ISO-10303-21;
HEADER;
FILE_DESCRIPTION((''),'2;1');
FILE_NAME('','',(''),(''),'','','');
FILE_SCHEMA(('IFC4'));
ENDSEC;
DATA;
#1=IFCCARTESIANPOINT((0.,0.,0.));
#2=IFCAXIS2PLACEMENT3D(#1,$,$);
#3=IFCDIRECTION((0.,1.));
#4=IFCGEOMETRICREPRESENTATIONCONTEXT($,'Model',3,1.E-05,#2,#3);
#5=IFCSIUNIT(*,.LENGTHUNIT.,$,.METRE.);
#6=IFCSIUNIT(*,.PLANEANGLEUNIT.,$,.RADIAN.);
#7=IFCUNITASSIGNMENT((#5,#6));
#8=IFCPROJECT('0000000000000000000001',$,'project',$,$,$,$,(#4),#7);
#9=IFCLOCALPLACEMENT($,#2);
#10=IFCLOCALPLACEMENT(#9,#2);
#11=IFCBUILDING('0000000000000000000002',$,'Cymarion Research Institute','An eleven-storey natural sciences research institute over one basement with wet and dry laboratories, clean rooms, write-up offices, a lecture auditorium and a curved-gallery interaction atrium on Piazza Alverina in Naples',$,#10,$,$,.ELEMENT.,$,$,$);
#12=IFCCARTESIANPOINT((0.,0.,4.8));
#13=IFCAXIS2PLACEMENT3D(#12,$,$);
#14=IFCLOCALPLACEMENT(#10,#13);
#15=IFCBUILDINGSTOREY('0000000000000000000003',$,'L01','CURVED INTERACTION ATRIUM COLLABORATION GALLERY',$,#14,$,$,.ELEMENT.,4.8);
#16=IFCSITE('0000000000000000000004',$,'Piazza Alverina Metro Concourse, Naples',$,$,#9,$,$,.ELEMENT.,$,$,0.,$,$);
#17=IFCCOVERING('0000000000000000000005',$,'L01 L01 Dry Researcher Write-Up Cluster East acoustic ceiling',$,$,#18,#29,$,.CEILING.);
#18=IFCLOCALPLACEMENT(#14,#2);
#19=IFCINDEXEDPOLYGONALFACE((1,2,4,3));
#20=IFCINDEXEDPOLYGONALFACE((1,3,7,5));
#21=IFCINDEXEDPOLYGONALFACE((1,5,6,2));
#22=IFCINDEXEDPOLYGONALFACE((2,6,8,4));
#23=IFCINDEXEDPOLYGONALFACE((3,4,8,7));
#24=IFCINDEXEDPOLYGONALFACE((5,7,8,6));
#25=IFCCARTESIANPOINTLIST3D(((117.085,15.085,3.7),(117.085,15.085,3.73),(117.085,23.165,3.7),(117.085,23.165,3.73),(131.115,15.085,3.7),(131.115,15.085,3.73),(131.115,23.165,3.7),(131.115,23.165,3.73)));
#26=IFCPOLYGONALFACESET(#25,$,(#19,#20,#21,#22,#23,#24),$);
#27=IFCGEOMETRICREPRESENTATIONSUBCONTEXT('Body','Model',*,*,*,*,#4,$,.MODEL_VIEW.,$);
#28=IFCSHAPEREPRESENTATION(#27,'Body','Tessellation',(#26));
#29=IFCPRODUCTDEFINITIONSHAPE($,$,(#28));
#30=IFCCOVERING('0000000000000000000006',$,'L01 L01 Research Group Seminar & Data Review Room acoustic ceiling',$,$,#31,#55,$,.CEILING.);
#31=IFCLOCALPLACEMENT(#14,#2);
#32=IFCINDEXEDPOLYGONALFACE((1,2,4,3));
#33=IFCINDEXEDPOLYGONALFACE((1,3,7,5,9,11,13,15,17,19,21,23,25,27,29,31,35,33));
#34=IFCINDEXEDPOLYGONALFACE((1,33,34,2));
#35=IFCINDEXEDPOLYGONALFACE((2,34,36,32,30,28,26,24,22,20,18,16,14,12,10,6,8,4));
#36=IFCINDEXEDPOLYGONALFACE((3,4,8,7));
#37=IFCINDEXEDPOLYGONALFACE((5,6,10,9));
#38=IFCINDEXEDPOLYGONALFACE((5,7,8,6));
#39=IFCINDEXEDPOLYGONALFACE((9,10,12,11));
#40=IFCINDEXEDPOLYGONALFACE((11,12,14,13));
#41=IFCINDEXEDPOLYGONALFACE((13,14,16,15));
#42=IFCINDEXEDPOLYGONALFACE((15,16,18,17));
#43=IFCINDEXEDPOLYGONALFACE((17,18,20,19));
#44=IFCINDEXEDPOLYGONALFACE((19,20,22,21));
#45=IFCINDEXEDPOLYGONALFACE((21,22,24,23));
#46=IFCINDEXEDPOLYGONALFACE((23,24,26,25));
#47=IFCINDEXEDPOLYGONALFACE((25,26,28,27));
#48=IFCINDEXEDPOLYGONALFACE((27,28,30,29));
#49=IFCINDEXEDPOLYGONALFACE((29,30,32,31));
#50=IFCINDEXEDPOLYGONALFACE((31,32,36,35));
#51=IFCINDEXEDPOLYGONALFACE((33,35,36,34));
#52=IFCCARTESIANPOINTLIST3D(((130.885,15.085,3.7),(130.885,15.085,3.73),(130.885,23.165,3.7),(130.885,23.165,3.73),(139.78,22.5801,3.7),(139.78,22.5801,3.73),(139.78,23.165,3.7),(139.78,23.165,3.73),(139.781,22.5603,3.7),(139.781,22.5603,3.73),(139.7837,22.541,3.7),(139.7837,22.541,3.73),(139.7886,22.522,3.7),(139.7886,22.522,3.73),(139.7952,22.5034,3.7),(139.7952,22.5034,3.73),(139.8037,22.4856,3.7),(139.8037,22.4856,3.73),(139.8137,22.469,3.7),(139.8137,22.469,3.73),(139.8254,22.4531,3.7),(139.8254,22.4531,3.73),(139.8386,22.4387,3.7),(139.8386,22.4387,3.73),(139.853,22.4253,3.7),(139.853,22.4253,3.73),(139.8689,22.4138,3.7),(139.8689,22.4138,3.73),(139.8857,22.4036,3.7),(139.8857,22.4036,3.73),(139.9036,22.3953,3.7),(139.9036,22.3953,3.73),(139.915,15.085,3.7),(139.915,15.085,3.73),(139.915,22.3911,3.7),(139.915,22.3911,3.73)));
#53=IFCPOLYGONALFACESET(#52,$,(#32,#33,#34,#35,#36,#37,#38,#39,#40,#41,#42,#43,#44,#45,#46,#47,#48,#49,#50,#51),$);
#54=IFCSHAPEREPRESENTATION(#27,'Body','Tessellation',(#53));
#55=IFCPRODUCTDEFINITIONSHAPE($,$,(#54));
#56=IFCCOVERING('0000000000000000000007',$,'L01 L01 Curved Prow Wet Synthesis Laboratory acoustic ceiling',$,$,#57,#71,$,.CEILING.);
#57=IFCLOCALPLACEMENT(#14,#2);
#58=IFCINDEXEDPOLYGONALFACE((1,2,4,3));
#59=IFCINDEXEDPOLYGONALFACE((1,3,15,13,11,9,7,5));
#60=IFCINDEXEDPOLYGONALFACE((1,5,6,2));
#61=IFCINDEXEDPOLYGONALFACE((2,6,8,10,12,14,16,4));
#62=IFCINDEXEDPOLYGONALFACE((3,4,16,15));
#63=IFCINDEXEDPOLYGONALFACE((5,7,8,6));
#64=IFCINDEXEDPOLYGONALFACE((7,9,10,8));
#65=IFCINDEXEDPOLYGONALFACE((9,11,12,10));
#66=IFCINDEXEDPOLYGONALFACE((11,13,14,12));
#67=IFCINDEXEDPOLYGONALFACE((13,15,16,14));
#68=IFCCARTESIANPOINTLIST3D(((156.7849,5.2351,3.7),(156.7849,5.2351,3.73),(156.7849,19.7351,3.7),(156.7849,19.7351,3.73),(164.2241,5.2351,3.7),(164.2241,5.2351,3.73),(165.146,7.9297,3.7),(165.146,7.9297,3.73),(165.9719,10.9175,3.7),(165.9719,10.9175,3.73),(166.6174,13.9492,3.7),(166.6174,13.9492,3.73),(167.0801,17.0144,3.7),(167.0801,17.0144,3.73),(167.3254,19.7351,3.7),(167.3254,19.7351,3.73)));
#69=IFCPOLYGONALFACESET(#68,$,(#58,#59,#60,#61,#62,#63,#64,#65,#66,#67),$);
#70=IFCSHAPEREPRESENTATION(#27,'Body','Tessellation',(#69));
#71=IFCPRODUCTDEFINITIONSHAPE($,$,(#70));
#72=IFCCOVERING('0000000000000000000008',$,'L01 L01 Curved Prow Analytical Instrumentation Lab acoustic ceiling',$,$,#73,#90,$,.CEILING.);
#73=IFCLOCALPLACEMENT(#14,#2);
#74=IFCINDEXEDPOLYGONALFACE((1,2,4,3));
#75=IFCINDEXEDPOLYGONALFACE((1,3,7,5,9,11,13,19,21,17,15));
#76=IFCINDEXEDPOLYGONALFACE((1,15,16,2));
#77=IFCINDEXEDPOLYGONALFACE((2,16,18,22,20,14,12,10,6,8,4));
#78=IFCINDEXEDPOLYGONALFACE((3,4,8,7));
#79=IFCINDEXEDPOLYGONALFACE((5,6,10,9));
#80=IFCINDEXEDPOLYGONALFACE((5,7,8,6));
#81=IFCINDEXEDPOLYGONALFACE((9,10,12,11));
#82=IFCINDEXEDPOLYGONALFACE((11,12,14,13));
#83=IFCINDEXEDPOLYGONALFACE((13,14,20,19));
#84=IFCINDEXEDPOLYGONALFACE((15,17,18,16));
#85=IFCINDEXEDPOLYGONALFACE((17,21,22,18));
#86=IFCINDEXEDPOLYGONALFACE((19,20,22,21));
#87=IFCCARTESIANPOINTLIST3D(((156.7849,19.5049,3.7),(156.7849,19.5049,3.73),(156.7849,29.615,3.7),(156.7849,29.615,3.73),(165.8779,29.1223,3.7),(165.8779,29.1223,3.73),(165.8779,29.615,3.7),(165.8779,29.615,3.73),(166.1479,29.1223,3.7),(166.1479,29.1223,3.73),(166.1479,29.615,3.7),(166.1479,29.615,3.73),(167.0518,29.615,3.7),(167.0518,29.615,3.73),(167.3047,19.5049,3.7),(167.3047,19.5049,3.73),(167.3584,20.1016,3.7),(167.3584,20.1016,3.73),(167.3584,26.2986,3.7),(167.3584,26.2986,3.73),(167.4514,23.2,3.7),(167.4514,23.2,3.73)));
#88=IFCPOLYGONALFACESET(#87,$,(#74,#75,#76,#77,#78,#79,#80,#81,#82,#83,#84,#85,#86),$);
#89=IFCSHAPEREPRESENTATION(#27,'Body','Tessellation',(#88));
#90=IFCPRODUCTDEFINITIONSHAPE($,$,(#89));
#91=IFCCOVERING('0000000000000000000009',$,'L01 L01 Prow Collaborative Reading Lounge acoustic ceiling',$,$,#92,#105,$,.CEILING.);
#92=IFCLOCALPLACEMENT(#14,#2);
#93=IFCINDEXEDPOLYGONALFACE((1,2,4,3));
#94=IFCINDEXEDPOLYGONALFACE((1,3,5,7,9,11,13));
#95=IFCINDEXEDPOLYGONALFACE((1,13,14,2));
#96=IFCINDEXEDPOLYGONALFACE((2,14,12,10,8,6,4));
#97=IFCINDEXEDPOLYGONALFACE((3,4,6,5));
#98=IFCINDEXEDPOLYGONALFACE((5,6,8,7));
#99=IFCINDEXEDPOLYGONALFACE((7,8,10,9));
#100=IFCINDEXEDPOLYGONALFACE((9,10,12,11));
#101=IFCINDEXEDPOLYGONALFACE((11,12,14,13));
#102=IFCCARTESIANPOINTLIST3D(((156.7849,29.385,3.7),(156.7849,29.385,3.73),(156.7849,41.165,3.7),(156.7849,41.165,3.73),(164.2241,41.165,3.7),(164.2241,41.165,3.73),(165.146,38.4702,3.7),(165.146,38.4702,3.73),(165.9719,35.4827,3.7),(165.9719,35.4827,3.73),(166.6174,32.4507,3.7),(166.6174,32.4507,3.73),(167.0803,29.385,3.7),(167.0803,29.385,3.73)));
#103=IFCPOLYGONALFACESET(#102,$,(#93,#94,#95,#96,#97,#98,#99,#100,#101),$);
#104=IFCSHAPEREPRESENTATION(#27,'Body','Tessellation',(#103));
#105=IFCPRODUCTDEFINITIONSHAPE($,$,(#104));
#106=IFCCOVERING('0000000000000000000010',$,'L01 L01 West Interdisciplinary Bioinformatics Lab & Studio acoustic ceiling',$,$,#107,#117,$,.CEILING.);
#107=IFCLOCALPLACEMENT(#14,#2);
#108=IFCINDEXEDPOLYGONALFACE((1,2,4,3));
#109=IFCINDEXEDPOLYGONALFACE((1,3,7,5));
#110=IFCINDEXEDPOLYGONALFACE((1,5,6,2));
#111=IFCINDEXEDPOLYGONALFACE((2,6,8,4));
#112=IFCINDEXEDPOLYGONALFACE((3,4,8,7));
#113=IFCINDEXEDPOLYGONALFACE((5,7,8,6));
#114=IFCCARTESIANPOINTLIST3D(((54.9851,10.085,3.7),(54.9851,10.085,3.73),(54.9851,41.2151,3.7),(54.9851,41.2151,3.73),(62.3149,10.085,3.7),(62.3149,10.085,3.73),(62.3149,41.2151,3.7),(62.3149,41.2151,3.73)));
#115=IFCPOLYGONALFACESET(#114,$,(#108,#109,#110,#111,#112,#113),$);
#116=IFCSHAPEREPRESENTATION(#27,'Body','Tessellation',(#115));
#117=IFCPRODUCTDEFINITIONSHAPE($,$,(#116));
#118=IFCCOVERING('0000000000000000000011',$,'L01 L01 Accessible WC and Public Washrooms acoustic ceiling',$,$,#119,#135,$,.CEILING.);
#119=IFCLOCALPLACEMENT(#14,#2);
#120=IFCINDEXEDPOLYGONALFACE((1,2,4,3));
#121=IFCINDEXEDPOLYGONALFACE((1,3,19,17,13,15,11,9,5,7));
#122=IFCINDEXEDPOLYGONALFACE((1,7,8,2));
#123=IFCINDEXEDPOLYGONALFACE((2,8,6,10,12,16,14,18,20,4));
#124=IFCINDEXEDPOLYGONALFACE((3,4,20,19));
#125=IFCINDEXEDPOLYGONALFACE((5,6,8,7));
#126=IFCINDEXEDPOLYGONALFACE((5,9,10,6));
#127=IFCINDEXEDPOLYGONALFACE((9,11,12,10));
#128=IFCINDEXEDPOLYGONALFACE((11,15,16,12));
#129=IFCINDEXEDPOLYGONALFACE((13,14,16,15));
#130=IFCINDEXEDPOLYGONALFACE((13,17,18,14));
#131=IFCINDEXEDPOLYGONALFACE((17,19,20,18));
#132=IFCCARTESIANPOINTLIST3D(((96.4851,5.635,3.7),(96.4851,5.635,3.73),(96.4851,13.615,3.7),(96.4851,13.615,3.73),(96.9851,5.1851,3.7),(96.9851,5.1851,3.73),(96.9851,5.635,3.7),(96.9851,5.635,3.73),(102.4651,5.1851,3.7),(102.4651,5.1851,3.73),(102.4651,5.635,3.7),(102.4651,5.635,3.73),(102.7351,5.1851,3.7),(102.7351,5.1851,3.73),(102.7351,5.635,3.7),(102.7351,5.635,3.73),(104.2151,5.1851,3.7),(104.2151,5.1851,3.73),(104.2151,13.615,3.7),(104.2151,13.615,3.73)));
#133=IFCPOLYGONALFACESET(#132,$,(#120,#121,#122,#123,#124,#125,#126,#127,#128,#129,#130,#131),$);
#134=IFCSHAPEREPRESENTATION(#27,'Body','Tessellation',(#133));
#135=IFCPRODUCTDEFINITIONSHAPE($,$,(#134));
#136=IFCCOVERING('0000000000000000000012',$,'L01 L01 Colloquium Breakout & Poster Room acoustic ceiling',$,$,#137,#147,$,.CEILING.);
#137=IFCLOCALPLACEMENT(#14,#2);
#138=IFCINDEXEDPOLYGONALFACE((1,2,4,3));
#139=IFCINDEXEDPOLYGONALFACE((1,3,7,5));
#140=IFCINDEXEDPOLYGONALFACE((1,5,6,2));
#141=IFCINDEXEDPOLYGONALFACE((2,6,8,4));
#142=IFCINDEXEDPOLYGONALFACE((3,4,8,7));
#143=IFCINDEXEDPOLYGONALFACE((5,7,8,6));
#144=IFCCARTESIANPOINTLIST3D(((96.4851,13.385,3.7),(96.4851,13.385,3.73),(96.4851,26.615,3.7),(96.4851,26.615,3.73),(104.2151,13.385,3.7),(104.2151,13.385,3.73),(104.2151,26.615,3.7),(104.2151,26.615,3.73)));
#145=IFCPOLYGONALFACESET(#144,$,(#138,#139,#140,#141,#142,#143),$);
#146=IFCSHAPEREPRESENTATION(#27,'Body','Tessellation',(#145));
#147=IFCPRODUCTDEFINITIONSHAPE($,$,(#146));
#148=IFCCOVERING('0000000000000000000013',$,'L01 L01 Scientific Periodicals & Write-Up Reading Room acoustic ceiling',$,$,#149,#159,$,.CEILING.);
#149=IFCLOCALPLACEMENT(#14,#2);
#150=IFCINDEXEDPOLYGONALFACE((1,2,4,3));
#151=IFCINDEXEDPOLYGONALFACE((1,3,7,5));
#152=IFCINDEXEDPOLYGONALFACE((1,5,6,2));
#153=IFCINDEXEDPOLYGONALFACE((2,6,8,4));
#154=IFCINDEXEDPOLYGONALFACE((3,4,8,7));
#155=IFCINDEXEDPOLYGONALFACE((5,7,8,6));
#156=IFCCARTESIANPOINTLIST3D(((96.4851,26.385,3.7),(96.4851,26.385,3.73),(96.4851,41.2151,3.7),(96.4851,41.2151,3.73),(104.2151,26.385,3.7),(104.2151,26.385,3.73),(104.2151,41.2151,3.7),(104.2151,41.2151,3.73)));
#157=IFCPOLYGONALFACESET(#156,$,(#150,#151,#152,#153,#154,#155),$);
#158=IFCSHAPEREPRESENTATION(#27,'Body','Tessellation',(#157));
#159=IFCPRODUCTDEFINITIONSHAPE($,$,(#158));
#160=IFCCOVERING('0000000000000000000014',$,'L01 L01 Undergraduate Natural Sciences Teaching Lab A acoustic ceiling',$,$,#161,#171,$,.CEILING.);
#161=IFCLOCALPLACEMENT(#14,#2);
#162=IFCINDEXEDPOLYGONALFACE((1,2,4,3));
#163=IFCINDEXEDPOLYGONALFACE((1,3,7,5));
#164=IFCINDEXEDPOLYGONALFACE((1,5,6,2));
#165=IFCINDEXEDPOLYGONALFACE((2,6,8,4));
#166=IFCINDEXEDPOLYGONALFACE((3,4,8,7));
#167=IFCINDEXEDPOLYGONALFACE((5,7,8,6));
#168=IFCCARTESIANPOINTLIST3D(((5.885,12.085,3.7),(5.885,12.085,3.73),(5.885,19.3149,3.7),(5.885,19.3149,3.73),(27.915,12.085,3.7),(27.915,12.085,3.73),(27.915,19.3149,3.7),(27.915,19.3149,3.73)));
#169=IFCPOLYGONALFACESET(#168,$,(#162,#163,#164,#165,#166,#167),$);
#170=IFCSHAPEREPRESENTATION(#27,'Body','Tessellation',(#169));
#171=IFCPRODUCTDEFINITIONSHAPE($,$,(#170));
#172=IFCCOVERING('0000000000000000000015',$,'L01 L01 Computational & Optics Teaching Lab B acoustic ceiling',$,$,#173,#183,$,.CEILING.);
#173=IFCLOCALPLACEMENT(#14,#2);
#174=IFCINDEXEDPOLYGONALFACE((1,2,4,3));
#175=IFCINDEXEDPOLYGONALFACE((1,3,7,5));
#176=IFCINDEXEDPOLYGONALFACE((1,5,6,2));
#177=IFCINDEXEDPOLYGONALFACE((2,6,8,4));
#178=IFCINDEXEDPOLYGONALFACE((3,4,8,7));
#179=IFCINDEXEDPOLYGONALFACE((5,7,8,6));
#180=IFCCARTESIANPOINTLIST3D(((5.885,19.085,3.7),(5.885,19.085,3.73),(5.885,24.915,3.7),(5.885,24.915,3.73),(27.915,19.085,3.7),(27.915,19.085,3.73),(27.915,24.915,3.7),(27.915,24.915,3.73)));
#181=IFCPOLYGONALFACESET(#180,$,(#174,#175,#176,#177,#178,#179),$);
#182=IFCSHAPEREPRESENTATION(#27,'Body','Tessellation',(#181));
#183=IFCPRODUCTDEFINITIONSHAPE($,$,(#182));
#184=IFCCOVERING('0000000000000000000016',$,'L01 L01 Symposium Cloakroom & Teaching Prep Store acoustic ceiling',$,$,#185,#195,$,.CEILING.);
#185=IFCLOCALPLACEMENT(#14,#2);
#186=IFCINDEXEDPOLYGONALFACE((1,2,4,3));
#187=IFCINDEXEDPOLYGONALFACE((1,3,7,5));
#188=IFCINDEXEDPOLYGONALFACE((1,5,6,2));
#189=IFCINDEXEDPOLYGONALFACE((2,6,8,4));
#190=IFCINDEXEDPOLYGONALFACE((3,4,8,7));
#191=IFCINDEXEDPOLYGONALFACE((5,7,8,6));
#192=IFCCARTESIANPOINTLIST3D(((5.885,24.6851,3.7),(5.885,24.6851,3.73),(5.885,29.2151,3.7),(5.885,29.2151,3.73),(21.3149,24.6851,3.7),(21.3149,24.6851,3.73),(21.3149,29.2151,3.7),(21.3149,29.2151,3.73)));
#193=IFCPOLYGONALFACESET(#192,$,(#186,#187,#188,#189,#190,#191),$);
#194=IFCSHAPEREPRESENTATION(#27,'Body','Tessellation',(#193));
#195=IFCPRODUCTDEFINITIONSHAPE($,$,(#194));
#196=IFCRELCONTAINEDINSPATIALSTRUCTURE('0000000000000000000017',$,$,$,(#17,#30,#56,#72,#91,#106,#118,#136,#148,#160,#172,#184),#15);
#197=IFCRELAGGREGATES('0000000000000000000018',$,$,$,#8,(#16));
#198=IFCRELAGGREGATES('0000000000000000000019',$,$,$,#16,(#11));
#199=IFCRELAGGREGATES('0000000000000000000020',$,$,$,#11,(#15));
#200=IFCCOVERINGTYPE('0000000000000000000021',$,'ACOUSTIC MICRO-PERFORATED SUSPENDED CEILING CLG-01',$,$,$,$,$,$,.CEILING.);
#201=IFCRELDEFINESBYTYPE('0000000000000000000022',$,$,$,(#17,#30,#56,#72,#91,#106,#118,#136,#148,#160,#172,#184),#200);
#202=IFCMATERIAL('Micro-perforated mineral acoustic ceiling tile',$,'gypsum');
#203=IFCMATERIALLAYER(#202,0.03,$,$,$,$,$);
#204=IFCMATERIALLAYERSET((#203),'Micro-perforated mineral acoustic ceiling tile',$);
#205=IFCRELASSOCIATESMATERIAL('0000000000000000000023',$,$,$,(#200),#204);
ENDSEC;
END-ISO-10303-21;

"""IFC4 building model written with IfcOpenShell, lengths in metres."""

from ifc_helpers import new_model, si_unit, direction, frame, origin, place, context, subcontext, project, spatial, polyline, outline, extrude, material, layer, layer_set, type_object, element, save


model = new_model("IFC4")

# Units and contexts
model_context = context("Model", 3, precision=1e-05, world=origin(), true_north=direction((0.0, 1.0)))
body_context = subcontext(model_context, "Body", "Model", "MODEL_VIEW")
ifc_project = project(units=[si_unit("LENGTHUNIT", "METRE"), si_unit("PLANEANGLEUNIT", "RADIAN")], contexts=[model_context])

# Site, building, storey
site_placement = place(None, origin())
site = spatial("IfcSite", under=ifc_project, at=site_placement, Name="Piazza Alverina Metro Concourse, Naples", CompositionType="ELEMENT", RefElevation=0.0)
building_placement = place(site_placement, origin())
building = spatial("IfcBuilding", under=site, at=building_placement, Name="Cymarion Research Institute", Description="An eleven-storey natural sciences research institute over one basement with wet and dry laboratories, clean rooms, write-up offices, a lecture auditorium and a curved-gallery interaction atrium on Piazza Alverina in Naples", CompositionType="ELEMENT")
storey_placement = place(building_placement, frame((0.0, 0.0, 4.8)))
storey = spatial("IfcBuildingStorey", under=building, at=storey_placement, Name="L01", Description="CURVED INTERACTION ATRIUM COLLABORATION GALLERY", CompositionType="ELEMENT", Elevation=4.8)

# Coverings
ifc_material_1 = material(Name="Micro-perforated mineral acoustic ceiling tile", Category="gypsum")
ifc_layer_1 = layer(ifc_material_1, 0.03)
ifc_layer_set_1 = layer_set([ifc_layer_1], Name="Micro-perforated mineral acoustic ceiling tile")
covering_type = type_object("IfcCoveringType", Name="ACOUSTIC MICRO-PERFORATED SUSPENDED CEILING CLG-01", PredefinedType="CEILING", material=ifc_layer_set_1)
covering_1_placement = place(storey_placement, frame((0.0, 0.0, 3.7)))
element("IfcCovering", 1, at=covering_1_placement, inside=storey, type_object=covering_type, Name="L01 L01 Dry Researcher Write-Up Cluster East acoustic ceiling", PredefinedType="CEILING", context=body_context, shape_type="SweptSolid", body=[
    extrude(outline(polyline([(131.115, 23.165), (131.115, 15.085), (117.085, 15.085), (117.085, 23.165), (131.115, 23.165)])), origin(), (0.0, 0.0, 1.0), 0.03),
])
covering_2_placement = place(storey_placement, frame((0.0, 0.0, 3.7)))
element("IfcCovering", 2, at=covering_2_placement, inside=storey, type_object=covering_type, Name="L01 L01 Research Group Seminar & Data Review Room acoustic ceiling", PredefinedType="CEILING", context=body_context, shape_type="SweptSolid", body=[
    extrude(outline(polyline([(139.78, 23.165), (139.78, 22.5801), (139.781, 22.5603), (139.7837, 22.541), (139.7886, 22.522), (139.7952, 22.5034), (139.8037, 22.4856), (139.8137, 22.469), (139.8254, 22.4531), (139.8386, 22.4387), (139.853, 22.4253), (139.8689, 22.4138), (139.8857, 22.4036), (139.9036, 22.3953), (139.915, 22.3911), (139.915, 15.085), (130.885, 15.085), (130.885, 23.165), (139.78, 23.165)])), origin(), (0.0, 0.0, 1.0), 0.03),
])
covering_3_placement = place(storey_placement, frame((0.0, 0.0, 3.7)))
element("IfcCovering", 3, at=covering_3_placement, inside=storey, type_object=covering_type, Name="L01 L01 Curved Prow Wet Synthesis Laboratory acoustic ceiling", PredefinedType="CEILING", context=body_context, shape_type="SweptSolid", body=[
    extrude(outline(polyline([(167.3254, 19.7351), (167.0801, 17.0144), (166.6174, 13.9492), (165.9719, 10.9175), (165.146, 7.9297), (164.2241, 5.2351), (156.7849, 5.2351), (156.7849, 19.7351), (167.3254, 19.7351)])), origin(), (0.0, 0.0, 1.0), 0.03),
])
covering_4_placement = place(storey_placement, frame((0.0, 0.0, 3.7)))
element("IfcCovering", 4, at=covering_4_placement, inside=storey, type_object=covering_type, Name="L01 L01 Curved Prow Analytical Instrumentation Lab acoustic ceiling", PredefinedType="CEILING", context=body_context, shape_type="SweptSolid", body=[
    extrude(outline(polyline([(165.8779, 29.615), (165.8779, 29.1223), (166.1479, 29.1223), (166.1479, 29.615), (167.0518, 29.615), (167.3584, 26.2986), (167.4514, 23.2), (167.3584, 20.1016), (167.3047, 19.5049), (156.7849, 19.5049), (156.7849, 29.615), (165.8779, 29.615)])), origin(), (0.0, 0.0, 1.0), 0.03),
])
covering_5_placement = place(storey_placement, frame((0.0, 0.0, 3.7)))
element("IfcCovering", 5, at=covering_5_placement, inside=storey, type_object=covering_type, Name="L01 L01 Prow Collaborative Reading Lounge acoustic ceiling", PredefinedType="CEILING", context=body_context, shape_type="SweptSolid", body=[
    extrude(outline(polyline([(164.2241, 41.165), (165.146, 38.4702), (165.9719, 35.4827), (166.6174, 32.4507), (167.0803, 29.385), (156.7849, 29.385), (156.7849, 41.165), (164.2241, 41.165)])), origin(), (0.0, 0.0, 1.0), 0.03),
])
covering_6_placement = place(storey_placement, frame((0.0, 0.0, 3.7)))
element("IfcCovering", 6, at=covering_6_placement, inside=storey, type_object=covering_type, Name="L01 L01 West Interdisciplinary Bioinformatics Lab & Studio acoustic ceiling", PredefinedType="CEILING", context=body_context, shape_type="SweptSolid", body=[
    extrude(outline(polyline([(62.3149, 41.2151), (62.3149, 10.085), (54.9851, 10.085), (54.9851, 41.2151), (62.3149, 41.2151)])), origin(), (0.0, 0.0, 1.0), 0.03),
])
covering_7_placement = place(storey_placement, frame((0.0, 0.0, 3.7)))
element("IfcCovering", 7, at=covering_7_placement, inside=storey, type_object=covering_type, Name="L01 L01 Accessible WC and Public Washrooms acoustic ceiling", PredefinedType="CEILING", context=body_context, shape_type="SweptSolid", body=[
    extrude(outline(polyline([(104.2151, 13.615), (104.2151, 5.1851), (102.7351, 5.1851), (102.7351, 5.635), (102.4651, 5.635), (102.4651, 5.1851), (96.9851, 5.1851), (96.9851, 5.635), (96.4851, 5.635), (96.4851, 13.615), (104.2151, 13.615)])), origin(), (0.0, 0.0, 1.0), 0.03),
])
covering_8_placement = place(storey_placement, frame((0.0, 0.0, 3.7)))
element("IfcCovering", 8, at=covering_8_placement, inside=storey, type_object=covering_type, Name="L01 L01 Colloquium Breakout & Poster Room acoustic ceiling", PredefinedType="CEILING", context=body_context, shape_type="SweptSolid", body=[
    extrude(outline(polyline([(104.2151, 26.615), (104.2151, 13.385), (96.4851, 13.385), (96.4851, 26.615), (104.2151, 26.615)])), origin(), (0.0, 0.0, 1.0), 0.03),
])
covering_9_placement = place(storey_placement, frame((0.0, 0.0, 3.7)))
element("IfcCovering", 9, at=covering_9_placement, inside=storey, type_object=covering_type, Name="L01 L01 Scientific Periodicals & Write-Up Reading Room acoustic ceiling", PredefinedType="CEILING", context=body_context, shape_type="SweptSolid", body=[
    extrude(outline(polyline([(104.2151, 41.2151), (104.2151, 26.385), (96.4851, 26.385), (96.4851, 41.2151), (104.2151, 41.2151)])), origin(), (0.0, 0.0, 1.0), 0.03),
])
covering_10_placement = place(storey_placement, frame((0.0, 0.0, 3.7)))
element("IfcCovering", 10, at=covering_10_placement, inside=storey, type_object=covering_type, Name="L01 L01 Undergraduate Natural Sciences Teaching Lab A acoustic ceiling", PredefinedType="CEILING", context=body_context, shape_type="SweptSolid", body=[
    extrude(outline(polyline([(27.915, 19.3149), (27.915, 12.085), (5.885, 12.085), (5.885, 19.3149), (27.915, 19.3149)])), origin(), (0.0, 0.0, 1.0), 0.03),
])
covering_11_placement = place(storey_placement, frame((0.0, 0.0, 3.7)))
element("IfcCovering", 11, at=covering_11_placement, inside=storey, type_object=covering_type, Name="L01 L01 Computational & Optics Teaching Lab B acoustic ceiling", PredefinedType="CEILING", context=body_context, shape_type="SweptSolid", body=[
    extrude(outline(polyline([(27.915, 24.915), (27.915, 19.085), (5.885, 19.085), (5.885, 24.915), (27.915, 24.915)])), origin(), (0.0, 0.0, 1.0), 0.03),
])
covering_12_placement = place(storey_placement, frame((0.0, 0.0, 3.7)))
element("IfcCovering", 12, at=covering_12_placement, inside=storey, type_object=covering_type, Name="L01 L01 Symposium Cloakroom & Teaching Prep Store acoustic ceiling", PredefinedType="CEILING", context=body_context, shape_type="SweptSolid", body=[
    extrude(outline(polyline([(21.3149, 29.2151), (21.3149, 24.6851), (5.885, 24.6851), (5.885, 29.2151), (21.3149, 29.2151)])), origin(), (0.0, 0.0, 1.0), 0.03),
])

save(model, "model.ifc")
